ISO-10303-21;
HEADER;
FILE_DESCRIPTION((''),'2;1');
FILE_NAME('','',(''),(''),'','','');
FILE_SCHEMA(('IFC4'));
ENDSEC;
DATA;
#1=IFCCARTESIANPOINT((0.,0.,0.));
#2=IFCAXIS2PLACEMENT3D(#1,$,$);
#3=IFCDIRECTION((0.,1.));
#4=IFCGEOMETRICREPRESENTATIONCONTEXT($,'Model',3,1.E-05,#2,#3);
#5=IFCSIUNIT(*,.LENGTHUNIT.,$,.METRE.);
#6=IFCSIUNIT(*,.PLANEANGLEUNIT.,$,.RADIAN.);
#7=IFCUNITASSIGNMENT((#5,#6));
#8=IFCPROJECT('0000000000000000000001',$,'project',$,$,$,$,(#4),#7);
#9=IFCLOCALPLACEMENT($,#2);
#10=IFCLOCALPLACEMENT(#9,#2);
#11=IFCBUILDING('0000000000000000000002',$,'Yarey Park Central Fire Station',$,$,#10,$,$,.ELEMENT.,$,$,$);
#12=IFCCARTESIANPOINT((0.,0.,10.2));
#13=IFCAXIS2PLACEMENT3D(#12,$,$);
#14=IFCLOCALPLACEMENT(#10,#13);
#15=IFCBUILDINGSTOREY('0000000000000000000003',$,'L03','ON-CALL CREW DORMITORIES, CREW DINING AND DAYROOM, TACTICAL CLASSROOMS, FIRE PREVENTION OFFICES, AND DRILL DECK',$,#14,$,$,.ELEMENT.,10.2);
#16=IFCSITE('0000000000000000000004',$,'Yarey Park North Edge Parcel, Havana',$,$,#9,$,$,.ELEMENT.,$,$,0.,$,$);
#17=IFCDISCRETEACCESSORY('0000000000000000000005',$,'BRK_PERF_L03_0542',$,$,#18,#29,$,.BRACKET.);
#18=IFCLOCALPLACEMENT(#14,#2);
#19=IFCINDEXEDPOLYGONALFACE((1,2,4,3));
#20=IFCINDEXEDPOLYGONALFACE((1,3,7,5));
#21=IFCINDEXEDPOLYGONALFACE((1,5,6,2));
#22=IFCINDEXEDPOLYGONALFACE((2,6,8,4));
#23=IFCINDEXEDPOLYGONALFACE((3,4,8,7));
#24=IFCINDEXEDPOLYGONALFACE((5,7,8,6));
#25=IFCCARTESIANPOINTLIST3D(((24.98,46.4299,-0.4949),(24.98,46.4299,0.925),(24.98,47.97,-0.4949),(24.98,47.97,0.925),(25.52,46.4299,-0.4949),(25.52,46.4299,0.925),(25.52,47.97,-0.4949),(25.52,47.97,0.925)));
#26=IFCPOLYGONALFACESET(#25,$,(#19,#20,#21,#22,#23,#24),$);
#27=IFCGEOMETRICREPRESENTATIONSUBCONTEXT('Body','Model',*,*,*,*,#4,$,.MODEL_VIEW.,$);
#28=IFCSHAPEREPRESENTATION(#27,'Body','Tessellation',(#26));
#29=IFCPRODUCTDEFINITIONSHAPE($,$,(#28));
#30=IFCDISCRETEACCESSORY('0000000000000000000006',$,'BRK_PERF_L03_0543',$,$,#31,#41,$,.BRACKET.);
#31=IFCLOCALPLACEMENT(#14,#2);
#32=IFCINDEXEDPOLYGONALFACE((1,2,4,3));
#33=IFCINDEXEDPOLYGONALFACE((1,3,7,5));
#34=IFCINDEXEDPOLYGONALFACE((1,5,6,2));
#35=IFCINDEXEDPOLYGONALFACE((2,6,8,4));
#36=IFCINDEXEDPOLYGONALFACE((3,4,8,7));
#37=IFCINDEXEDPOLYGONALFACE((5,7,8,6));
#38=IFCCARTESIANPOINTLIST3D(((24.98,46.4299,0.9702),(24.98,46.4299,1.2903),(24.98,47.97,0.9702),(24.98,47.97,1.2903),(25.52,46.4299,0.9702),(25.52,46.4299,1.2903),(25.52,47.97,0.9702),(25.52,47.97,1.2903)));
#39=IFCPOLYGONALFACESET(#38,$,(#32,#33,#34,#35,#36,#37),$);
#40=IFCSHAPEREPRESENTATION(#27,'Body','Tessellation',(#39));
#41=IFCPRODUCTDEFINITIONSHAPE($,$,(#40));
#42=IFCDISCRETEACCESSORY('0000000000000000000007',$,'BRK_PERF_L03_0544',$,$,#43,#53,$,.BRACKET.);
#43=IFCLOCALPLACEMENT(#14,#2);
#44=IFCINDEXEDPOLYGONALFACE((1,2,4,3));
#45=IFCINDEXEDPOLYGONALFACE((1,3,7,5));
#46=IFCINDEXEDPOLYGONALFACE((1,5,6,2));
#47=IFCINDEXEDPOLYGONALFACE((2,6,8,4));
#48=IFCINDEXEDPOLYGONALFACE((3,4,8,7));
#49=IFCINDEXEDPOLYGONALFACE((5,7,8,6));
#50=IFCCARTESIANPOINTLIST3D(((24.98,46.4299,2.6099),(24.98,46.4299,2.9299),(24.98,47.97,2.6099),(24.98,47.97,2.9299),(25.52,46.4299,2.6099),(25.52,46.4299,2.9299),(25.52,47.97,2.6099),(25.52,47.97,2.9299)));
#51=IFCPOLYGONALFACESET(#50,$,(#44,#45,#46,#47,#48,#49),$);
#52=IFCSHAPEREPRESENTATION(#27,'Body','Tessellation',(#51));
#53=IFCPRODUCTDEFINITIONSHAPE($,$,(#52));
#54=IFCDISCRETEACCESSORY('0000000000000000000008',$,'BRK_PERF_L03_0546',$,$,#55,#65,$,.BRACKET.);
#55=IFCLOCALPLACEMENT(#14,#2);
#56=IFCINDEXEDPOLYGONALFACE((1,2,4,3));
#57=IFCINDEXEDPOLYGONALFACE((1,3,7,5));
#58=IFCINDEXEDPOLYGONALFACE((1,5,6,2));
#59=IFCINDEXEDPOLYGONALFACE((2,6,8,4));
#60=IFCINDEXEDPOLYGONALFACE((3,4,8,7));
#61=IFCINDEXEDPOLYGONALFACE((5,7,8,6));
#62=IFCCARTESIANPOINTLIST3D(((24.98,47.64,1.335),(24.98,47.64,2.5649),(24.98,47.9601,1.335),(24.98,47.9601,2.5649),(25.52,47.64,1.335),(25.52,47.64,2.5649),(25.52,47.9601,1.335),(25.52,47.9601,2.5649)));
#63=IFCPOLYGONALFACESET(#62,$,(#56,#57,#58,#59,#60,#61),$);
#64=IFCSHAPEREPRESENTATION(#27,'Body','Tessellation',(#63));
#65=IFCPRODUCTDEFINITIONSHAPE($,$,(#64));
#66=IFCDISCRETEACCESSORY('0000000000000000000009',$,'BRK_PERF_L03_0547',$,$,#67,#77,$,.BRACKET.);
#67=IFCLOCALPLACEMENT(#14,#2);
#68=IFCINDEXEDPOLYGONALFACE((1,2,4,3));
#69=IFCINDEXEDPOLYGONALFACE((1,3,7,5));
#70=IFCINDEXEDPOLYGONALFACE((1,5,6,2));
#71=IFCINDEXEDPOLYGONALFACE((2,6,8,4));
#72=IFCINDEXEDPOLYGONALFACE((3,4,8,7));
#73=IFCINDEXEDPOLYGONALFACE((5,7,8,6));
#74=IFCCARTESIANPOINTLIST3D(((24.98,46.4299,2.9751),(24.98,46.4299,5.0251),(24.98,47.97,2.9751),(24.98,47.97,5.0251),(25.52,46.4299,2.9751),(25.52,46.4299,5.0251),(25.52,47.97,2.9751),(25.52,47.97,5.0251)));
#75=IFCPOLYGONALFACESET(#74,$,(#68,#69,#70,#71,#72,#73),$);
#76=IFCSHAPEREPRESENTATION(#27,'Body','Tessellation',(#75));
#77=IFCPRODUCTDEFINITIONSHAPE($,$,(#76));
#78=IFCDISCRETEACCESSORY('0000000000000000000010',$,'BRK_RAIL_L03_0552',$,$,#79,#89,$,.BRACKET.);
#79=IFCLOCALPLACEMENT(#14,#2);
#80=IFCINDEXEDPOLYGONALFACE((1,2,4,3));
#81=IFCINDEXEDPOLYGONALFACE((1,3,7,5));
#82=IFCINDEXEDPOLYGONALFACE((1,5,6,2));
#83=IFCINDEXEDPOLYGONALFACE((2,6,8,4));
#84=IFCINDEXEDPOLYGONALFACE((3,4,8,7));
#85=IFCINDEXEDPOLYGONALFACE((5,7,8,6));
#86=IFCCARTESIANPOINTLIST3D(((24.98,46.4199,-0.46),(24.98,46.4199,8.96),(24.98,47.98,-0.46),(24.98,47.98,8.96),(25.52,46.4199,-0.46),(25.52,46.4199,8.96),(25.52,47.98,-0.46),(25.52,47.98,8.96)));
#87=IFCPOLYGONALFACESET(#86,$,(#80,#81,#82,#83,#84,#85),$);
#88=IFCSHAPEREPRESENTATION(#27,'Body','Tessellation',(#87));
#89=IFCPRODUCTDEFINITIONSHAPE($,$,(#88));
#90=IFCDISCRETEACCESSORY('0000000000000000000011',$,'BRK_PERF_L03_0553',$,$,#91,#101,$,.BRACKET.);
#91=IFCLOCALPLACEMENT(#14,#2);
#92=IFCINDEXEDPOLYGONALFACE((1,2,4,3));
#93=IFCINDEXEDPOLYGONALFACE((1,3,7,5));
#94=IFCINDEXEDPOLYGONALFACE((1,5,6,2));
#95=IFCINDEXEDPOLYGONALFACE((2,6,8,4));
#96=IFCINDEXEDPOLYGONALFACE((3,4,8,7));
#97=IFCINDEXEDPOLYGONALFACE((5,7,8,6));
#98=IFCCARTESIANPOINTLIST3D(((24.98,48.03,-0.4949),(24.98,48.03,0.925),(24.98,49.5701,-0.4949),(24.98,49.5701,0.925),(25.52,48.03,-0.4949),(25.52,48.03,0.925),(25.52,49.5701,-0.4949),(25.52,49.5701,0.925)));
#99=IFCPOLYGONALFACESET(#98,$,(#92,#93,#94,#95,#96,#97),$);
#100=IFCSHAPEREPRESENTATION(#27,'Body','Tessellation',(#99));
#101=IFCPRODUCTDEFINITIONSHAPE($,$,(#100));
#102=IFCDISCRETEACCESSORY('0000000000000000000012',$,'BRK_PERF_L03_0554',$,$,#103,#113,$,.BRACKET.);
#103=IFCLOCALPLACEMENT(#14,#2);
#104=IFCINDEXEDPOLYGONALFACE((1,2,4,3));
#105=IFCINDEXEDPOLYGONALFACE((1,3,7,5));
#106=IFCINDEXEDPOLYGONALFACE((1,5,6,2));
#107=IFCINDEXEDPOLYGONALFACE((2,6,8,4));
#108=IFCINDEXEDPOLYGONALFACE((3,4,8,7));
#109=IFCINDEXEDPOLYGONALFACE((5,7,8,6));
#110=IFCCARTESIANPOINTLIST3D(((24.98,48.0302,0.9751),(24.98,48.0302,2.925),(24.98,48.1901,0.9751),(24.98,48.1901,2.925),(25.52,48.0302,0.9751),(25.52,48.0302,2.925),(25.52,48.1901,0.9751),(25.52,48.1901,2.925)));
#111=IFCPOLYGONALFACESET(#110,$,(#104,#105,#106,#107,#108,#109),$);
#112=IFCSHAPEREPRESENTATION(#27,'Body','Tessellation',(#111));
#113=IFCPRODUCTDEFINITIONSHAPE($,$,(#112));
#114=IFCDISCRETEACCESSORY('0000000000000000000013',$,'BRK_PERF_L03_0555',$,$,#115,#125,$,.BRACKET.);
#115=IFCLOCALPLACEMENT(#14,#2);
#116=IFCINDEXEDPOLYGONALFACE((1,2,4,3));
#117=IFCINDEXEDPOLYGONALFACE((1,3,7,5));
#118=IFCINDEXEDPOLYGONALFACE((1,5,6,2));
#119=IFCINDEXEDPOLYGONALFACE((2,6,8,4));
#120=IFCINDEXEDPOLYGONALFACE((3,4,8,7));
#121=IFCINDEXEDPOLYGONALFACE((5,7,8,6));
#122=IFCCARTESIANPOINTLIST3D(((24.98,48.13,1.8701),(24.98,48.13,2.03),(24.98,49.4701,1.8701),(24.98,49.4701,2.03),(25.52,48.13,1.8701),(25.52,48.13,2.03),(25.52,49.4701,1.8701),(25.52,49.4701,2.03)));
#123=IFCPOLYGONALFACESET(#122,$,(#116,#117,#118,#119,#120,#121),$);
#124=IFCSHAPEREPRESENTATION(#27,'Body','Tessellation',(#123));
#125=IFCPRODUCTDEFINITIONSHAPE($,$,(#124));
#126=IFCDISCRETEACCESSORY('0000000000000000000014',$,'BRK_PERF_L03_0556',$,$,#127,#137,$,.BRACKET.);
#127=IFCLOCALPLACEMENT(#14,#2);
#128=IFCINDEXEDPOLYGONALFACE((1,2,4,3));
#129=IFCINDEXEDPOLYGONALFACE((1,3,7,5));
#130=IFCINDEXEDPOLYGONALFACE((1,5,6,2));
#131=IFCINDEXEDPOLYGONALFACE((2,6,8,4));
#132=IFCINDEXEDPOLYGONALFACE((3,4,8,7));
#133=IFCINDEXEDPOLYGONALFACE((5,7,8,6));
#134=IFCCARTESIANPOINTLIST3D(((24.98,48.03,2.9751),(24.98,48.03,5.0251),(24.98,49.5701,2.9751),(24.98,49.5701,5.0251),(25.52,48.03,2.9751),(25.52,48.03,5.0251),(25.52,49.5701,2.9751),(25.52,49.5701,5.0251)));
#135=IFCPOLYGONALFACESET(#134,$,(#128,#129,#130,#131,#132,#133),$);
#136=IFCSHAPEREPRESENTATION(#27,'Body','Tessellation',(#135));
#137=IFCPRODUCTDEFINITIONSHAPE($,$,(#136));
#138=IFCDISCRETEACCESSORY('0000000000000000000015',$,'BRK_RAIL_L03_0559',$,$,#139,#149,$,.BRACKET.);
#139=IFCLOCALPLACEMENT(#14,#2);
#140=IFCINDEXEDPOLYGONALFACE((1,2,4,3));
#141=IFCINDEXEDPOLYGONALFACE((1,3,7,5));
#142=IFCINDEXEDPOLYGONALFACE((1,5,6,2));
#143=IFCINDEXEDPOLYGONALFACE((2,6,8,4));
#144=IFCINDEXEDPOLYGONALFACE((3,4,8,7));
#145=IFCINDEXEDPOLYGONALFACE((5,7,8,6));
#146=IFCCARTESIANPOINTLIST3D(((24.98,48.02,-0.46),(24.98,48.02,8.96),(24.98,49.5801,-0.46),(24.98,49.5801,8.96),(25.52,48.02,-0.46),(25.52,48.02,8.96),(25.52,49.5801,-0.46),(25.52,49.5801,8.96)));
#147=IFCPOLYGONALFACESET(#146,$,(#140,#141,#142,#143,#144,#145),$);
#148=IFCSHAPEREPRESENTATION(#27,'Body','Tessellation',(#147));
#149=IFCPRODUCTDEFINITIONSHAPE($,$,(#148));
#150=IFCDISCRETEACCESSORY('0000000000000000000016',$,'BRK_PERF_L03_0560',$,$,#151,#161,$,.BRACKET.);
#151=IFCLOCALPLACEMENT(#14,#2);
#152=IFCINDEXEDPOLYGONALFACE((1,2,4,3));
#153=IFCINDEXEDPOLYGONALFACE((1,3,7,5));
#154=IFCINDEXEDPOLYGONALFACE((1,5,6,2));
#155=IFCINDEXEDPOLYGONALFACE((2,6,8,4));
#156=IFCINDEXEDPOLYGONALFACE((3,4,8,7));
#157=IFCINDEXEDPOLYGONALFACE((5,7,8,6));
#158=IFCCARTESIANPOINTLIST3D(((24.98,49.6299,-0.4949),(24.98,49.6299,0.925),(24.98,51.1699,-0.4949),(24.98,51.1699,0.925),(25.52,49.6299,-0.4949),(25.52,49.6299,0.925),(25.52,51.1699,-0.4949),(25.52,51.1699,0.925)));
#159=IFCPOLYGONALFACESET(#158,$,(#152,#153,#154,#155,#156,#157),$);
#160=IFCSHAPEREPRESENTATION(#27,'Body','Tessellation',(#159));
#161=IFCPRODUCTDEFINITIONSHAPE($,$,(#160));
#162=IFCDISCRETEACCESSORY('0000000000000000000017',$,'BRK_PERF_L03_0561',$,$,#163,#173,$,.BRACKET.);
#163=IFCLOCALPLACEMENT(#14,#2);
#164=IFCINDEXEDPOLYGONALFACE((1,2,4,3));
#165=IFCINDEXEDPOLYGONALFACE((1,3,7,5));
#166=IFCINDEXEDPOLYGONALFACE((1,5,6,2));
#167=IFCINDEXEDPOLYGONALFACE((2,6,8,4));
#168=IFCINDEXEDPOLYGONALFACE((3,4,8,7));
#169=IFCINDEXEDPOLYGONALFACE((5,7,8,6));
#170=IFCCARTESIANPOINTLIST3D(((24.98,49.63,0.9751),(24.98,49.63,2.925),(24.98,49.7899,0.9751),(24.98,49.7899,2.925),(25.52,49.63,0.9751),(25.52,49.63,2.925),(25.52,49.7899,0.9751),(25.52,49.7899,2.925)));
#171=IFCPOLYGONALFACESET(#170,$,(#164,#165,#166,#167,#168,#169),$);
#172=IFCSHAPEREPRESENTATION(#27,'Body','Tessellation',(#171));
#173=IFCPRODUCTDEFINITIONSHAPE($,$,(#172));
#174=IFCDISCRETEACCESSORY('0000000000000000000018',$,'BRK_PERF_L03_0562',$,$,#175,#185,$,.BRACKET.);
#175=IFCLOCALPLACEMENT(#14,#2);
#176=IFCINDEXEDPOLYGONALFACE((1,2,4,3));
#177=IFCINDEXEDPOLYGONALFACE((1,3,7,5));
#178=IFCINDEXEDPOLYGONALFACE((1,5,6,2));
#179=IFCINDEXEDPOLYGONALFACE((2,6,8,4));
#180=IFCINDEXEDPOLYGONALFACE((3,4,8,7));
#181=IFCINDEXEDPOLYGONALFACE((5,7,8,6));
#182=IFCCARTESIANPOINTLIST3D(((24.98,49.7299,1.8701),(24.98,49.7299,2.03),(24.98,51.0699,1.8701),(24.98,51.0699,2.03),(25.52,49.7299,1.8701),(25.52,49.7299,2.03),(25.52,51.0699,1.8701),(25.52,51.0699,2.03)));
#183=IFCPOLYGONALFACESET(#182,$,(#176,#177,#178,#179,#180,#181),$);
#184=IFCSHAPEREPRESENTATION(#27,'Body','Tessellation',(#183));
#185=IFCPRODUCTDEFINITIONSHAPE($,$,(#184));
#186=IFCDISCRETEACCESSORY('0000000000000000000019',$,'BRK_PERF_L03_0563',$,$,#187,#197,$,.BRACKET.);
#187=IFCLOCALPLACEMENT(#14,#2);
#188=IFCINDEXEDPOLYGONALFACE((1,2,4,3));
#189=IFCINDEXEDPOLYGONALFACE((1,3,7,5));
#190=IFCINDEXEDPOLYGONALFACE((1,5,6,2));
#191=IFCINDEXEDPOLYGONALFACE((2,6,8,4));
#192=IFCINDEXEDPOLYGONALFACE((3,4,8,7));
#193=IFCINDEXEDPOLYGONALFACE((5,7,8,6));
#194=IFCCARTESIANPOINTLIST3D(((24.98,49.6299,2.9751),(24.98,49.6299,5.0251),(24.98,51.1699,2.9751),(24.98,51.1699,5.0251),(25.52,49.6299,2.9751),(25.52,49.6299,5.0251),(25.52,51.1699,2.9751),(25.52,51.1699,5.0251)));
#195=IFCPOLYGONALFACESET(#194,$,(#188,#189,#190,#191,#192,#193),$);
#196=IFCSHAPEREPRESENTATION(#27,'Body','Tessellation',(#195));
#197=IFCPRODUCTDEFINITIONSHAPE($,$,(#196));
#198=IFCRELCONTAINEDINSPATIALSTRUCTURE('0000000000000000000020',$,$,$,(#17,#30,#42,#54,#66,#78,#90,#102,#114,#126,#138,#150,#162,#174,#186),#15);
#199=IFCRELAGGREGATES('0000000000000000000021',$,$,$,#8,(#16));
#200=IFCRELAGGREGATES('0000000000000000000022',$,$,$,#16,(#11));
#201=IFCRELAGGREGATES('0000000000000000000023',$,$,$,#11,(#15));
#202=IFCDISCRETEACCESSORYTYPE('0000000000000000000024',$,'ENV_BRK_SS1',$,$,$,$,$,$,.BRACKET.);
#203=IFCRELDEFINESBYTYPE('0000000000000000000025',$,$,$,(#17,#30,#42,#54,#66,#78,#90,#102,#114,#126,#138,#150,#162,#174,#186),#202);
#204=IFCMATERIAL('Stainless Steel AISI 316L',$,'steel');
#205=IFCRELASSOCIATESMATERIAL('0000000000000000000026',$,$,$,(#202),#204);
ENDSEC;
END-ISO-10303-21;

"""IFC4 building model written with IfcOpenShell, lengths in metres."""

from ifc_helpers import new_model, si_unit, direction, frame, origin, origin_2d, place, context, subcontext, project, spatial, rectangle, extrude, material, type_object, element, save


model = new_model("IFC4")

# Units and contexts
model_context = context("Model", 3, precision=1e-05, world=origin(), true_north=direction((0.0, 1.0)))
body_context = subcontext(model_context, "Body", "Model", "MODEL_VIEW")
ifc_project = project(units=[si_unit("LENGTHUNIT", "METRE"), si_unit("PLANEANGLEUNIT", "RADIAN")], contexts=[model_context])

# Site, building, storey
site_placement = place(None, origin())
site = spatial("IfcSite", under=ifc_project, at=site_placement, Name="Yarey Park North Edge Parcel, Havana", CompositionType="ELEMENT", RefElevation=0.0)
building_placement = place(site_placement, origin())
building = spatial("IfcBuilding", under=site, at=building_placement, Name="Yarey Park Central Fire Station", CompositionType="ELEMENT")
storey_placement = place(building_placement, frame((0.0, 0.0, 10.2)))
storey = spatial("IfcBuildingStorey", under=building, at=storey_placement, Name="L03", Description="ON-CALL CREW DORMITORIES, CREW DINING AND DAYROOM, TACTICAL CLASSROOMS, FIRE PREVENTION OFFICES, AND DRILL DECK", CompositionType="ELEMENT", Elevation=10.2)

# Discrete accessories
ifc_material_1 = material(Name="Stainless Steel AISI 316L", Category="steel")
discrete_accessory_type = type_object("IfcDiscreteAccessoryType", Name="ENV_BRK_SS1", PredefinedType="BRACKET", material=ifc_material_1)
discrete_accessory_1_placement = place(storey_placement, frame((25.25, 47.2, -0.4949), z_axis=(0.0, 0.0, 1.0), x_axis=(1.0, 0.0, 0.0)))
element("IfcDiscreteAccessory", 1, at=discrete_accessory_1_placement, inside=storey, type_object=discrete_accessory_type, Name="BRK_PERF_L03_0542", PredefinedType="BRACKET", context=body_context, shape_type="SweptSolid", body=[
    extrude(rectangle(XDim=0.54, YDim=1.54, at=origin_2d()), origin(), (0.0, 0.0, 1.0), 1.4199),
])
for number, where, z_axis, x_axis, name in (
    (2, (25.25, 47.2, 0.9702), (0.0, 0.0, 1.0), (1.0, 0.0, 0.0), "BRK_PERF_L03_0543"),
    (3, (25.25, 47.2, 2.6099), (0.0, 0.0, 1.0), (1.0, 0.0, 0.0), "BRK_PERF_L03_0544"),
):
    element("IfcDiscreteAccessory", number, at=place(storey_placement, frame(where, z_axis=z_axis, x_axis=x_axis)), inside=storey, type_object=discrete_accessory_type, Name=name, PredefinedType="BRACKET", context=body_context, shape_type="SweptSolid", body=[
        extrude(rectangle(XDim=0.54, YDim=1.54, at=origin_2d()), origin(), (0.0, 0.0, 1.0), 0.3201),
    ])
discrete_accessory_2_placement = place(storey_placement, frame((25.25, 47.8, 1.335), z_axis=(0.0, 0.0, 1.0), x_axis=(1.0, 0.0, 0.0)))
element("IfcDiscreteAccessory", 4, at=discrete_accessory_2_placement, inside=storey, type_object=discrete_accessory_type, Name="BRK_PERF_L03_0546", PredefinedType="BRACKET", context=body_context, shape_type="SweptSolid", body=[
    extrude(rectangle(XDim=0.54, YDim=0.3201, at=origin_2d()), origin(), (0.0, 0.0, 1.0), 1.23),
])
discrete_accessory_3_placement = place(storey_placement, frame((25.25, 47.2, 2.9751), z_axis=(0.0, 0.0, 1.0), x_axis=(1.0, 0.0, 0.0)))
element("IfcDiscreteAccessory", 5, at=discrete_accessory_3_placement, inside=storey, type_object=discrete_accessory_type, Name="BRK_PERF_L03_0547", PredefinedType="BRACKET", context=body_context, shape_type="SweptSolid", body=[
    extrude(rectangle(XDim=0.54, YDim=1.54, at=origin_2d()), origin(), (0.0, 0.0, 1.0), 2.05),
])
discrete_accessory_4_placement = place(storey_placement, frame((25.25, 47.2, -0.46), z_axis=(0.0, 0.0, 1.0), x_axis=(1.0, 0.0, 0.0)))
element("IfcDiscreteAccessory", 6, at=discrete_accessory_4_placement, inside=storey, type_object=discrete_accessory_type, Name="BRK_RAIL_L03_0552", PredefinedType="BRACKET", context=body_context, shape_type="SweptSolid", body=[
    extrude(rectangle(XDim=0.54, YDim=1.5601, at=origin_2d()), origin(), (0.0, 0.0, 1.0), 9.4199),
])
discrete_accessory_5_placement = place(storey_placement, frame((25.25, 48.8, -0.4949), z_axis=(0.0, 0.0, 1.0), x_axis=(1.0, 0.0, 0.0)))
element("IfcDiscreteAccessory", 7, at=discrete_accessory_5_placement, inside=storey, type_object=discrete_accessory_type, Name="BRK_PERF_L03_0553", PredefinedType="BRACKET", context=body_context, shape_type="SweptSolid", body=[
    extrude(rectangle(XDim=0.54, YDim=1.54, at=origin_2d()), origin(), (0.0, 0.0, 1.0), 1.4199),
])
discrete_accessory_6_placement = place(storey_placement, frame((25.25, 48.1101, 0.9751), z_axis=(0.0, 0.0, 1.0), x_axis=(1.0, 0.0, 0.0)))
element("IfcDiscreteAccessory", 8, at=discrete_accessory_6_placement, inside=storey, type_object=discrete_accessory_type, Name="BRK_PERF_L03_0554", PredefinedType="BRACKET", context=body_context, shape_type="SweptSolid", body=[
    extrude(rectangle(XDim=0.54, YDim=0.1599, at=origin_2d()), origin(), (0.0, 0.0, 1.0), 1.95),
])
discrete_accessory_7_placement = place(storey_placement, frame((25.25, 48.8, 1.8701), z_axis=(0.0, 0.0, 1.0), x_axis=(1.0, 0.0, 0.0)))
element("IfcDiscreteAccessory", 9, at=discrete_accessory_7_placement, inside=storey, type_object=discrete_accessory_type, Name="BRK_PERF_L03_0555", PredefinedType="BRACKET", context=body_context, shape_type="SweptSolid", body=[
    extrude(rectangle(XDim=0.54, YDim=1.3401, at=origin_2d()), origin(), (0.0, 0.0, 1.0), 0.1599),
])
discrete_accessory_8_placement = place(storey_placement, frame((25.25, 48.8, 2.9751), z_axis=(0.0, 0.0, 1.0), x_axis=(1.0, 0.0, 0.0)))
element("IfcDiscreteAccessory", 10, at=discrete_accessory_8_placement, inside=storey, type_object=discrete_accessory_type, Name="BRK_PERF_L03_0556", PredefinedType="BRACKET", context=body_context, shape_type="SweptSolid", body=[
    extrude(rectangle(XDim=0.54, YDim=1.54, at=origin_2d()), origin(), (0.0, 0.0, 1.0), 2.05),
])
discrete_accessory_9_placement = place(storey_placement, frame((25.25, 48.8, -0.46), z_axis=(0.0, 0.0, 1.0), x_axis=(1.0, 0.0, 0.0)))
element("IfcDiscreteAccessory", 11, at=discrete_accessory_9_placement, inside=storey, type_object=discrete_accessory_type, Name="BRK_RAIL_L03_0559", PredefinedType="BRACKET", context=body_context, shape_type="SweptSolid", body=[
    extrude(rectangle(XDim=0.54, YDim=1.5601, at=origin_2d()), origin(), (0.0, 0.0, 1.0), 9.4199),
])
discrete_accessory_10_placement = place(storey_placement, frame((25.25, 50.3999, -0.4949), z_axis=(0.0, 0.0, 1.0), x_axis=(1.0, 0.0, 0.0)))
element("IfcDiscreteAccessory", 12, at=discrete_accessory_10_placement, inside=storey, type_object=discrete_accessory_type, Name="BRK_PERF_L03_0560", PredefinedType="BRACKET", context=body_context, shape_type="SweptSolid", body=[
    extrude(rectangle(XDim=0.54, YDim=1.54, at=origin_2d()), origin(), (0.0, 0.0, 1.0), 1.4199),
])
discrete_accessory_11_placement = place(storey_placement, frame((25.25, 49.71, 0.9751), z_axis=(0.0, 0.0, 1.0), x_axis=(1.0, 0.0, 0.0)))
element("IfcDiscreteAccessory", 13, at=discrete_accessory_11_placement, inside=storey, type_object=discrete_accessory_type, Name="BRK_PERF_L03_0561", PredefinedType="BRACKET", context=body_context, shape_type="SweptSolid", body=[
    extrude(rectangle(XDim=0.54, YDim=0.1599, at=origin_2d()), origin(), (0.0, 0.0, 1.0), 1.95),
])
discrete_accessory_12_placement = place(storey_placement, frame((25.25, 50.3999, 1.8701), z_axis=(0.0, 0.0, 1.0), x_axis=(1.0, 0.0, 0.0)))
element("IfcDiscreteAccessory", 14, at=discrete_accessory_12_placement, inside=storey, type_object=discrete_accessory_type, Name="BRK_PERF_L03_0562", PredefinedType="BRACKET", context=body_context, shape_type="SweptSolid", body=[
    extrude(rectangle(XDim=0.54, YDim=1.3401, at=origin_2d()), origin(), (0.0, 0.0, 1.0), 0.1599),
])
discrete_accessory_13_placement = place(storey_placement, frame((25.25, 50.3999, 2.9751), z_axis=(0.0, 0.0, 1.0), x_axis=(1.0, 0.0, 0.0)))
element("IfcDiscreteAccessory", 15, at=discrete_accessory_13_placement, inside=storey, type_object=discrete_accessory_type, Name="BRK_PERF_L03_0563", PredefinedType="BRACKET", context=body_context, shape_type="SweptSolid", body=[
    extrude(rectangle(XDim=0.54, YDim=1.54, at=origin_2d()), origin(), (0.0, 0.0, 1.0), 2.05),
])

save(model, "model.ifc")
